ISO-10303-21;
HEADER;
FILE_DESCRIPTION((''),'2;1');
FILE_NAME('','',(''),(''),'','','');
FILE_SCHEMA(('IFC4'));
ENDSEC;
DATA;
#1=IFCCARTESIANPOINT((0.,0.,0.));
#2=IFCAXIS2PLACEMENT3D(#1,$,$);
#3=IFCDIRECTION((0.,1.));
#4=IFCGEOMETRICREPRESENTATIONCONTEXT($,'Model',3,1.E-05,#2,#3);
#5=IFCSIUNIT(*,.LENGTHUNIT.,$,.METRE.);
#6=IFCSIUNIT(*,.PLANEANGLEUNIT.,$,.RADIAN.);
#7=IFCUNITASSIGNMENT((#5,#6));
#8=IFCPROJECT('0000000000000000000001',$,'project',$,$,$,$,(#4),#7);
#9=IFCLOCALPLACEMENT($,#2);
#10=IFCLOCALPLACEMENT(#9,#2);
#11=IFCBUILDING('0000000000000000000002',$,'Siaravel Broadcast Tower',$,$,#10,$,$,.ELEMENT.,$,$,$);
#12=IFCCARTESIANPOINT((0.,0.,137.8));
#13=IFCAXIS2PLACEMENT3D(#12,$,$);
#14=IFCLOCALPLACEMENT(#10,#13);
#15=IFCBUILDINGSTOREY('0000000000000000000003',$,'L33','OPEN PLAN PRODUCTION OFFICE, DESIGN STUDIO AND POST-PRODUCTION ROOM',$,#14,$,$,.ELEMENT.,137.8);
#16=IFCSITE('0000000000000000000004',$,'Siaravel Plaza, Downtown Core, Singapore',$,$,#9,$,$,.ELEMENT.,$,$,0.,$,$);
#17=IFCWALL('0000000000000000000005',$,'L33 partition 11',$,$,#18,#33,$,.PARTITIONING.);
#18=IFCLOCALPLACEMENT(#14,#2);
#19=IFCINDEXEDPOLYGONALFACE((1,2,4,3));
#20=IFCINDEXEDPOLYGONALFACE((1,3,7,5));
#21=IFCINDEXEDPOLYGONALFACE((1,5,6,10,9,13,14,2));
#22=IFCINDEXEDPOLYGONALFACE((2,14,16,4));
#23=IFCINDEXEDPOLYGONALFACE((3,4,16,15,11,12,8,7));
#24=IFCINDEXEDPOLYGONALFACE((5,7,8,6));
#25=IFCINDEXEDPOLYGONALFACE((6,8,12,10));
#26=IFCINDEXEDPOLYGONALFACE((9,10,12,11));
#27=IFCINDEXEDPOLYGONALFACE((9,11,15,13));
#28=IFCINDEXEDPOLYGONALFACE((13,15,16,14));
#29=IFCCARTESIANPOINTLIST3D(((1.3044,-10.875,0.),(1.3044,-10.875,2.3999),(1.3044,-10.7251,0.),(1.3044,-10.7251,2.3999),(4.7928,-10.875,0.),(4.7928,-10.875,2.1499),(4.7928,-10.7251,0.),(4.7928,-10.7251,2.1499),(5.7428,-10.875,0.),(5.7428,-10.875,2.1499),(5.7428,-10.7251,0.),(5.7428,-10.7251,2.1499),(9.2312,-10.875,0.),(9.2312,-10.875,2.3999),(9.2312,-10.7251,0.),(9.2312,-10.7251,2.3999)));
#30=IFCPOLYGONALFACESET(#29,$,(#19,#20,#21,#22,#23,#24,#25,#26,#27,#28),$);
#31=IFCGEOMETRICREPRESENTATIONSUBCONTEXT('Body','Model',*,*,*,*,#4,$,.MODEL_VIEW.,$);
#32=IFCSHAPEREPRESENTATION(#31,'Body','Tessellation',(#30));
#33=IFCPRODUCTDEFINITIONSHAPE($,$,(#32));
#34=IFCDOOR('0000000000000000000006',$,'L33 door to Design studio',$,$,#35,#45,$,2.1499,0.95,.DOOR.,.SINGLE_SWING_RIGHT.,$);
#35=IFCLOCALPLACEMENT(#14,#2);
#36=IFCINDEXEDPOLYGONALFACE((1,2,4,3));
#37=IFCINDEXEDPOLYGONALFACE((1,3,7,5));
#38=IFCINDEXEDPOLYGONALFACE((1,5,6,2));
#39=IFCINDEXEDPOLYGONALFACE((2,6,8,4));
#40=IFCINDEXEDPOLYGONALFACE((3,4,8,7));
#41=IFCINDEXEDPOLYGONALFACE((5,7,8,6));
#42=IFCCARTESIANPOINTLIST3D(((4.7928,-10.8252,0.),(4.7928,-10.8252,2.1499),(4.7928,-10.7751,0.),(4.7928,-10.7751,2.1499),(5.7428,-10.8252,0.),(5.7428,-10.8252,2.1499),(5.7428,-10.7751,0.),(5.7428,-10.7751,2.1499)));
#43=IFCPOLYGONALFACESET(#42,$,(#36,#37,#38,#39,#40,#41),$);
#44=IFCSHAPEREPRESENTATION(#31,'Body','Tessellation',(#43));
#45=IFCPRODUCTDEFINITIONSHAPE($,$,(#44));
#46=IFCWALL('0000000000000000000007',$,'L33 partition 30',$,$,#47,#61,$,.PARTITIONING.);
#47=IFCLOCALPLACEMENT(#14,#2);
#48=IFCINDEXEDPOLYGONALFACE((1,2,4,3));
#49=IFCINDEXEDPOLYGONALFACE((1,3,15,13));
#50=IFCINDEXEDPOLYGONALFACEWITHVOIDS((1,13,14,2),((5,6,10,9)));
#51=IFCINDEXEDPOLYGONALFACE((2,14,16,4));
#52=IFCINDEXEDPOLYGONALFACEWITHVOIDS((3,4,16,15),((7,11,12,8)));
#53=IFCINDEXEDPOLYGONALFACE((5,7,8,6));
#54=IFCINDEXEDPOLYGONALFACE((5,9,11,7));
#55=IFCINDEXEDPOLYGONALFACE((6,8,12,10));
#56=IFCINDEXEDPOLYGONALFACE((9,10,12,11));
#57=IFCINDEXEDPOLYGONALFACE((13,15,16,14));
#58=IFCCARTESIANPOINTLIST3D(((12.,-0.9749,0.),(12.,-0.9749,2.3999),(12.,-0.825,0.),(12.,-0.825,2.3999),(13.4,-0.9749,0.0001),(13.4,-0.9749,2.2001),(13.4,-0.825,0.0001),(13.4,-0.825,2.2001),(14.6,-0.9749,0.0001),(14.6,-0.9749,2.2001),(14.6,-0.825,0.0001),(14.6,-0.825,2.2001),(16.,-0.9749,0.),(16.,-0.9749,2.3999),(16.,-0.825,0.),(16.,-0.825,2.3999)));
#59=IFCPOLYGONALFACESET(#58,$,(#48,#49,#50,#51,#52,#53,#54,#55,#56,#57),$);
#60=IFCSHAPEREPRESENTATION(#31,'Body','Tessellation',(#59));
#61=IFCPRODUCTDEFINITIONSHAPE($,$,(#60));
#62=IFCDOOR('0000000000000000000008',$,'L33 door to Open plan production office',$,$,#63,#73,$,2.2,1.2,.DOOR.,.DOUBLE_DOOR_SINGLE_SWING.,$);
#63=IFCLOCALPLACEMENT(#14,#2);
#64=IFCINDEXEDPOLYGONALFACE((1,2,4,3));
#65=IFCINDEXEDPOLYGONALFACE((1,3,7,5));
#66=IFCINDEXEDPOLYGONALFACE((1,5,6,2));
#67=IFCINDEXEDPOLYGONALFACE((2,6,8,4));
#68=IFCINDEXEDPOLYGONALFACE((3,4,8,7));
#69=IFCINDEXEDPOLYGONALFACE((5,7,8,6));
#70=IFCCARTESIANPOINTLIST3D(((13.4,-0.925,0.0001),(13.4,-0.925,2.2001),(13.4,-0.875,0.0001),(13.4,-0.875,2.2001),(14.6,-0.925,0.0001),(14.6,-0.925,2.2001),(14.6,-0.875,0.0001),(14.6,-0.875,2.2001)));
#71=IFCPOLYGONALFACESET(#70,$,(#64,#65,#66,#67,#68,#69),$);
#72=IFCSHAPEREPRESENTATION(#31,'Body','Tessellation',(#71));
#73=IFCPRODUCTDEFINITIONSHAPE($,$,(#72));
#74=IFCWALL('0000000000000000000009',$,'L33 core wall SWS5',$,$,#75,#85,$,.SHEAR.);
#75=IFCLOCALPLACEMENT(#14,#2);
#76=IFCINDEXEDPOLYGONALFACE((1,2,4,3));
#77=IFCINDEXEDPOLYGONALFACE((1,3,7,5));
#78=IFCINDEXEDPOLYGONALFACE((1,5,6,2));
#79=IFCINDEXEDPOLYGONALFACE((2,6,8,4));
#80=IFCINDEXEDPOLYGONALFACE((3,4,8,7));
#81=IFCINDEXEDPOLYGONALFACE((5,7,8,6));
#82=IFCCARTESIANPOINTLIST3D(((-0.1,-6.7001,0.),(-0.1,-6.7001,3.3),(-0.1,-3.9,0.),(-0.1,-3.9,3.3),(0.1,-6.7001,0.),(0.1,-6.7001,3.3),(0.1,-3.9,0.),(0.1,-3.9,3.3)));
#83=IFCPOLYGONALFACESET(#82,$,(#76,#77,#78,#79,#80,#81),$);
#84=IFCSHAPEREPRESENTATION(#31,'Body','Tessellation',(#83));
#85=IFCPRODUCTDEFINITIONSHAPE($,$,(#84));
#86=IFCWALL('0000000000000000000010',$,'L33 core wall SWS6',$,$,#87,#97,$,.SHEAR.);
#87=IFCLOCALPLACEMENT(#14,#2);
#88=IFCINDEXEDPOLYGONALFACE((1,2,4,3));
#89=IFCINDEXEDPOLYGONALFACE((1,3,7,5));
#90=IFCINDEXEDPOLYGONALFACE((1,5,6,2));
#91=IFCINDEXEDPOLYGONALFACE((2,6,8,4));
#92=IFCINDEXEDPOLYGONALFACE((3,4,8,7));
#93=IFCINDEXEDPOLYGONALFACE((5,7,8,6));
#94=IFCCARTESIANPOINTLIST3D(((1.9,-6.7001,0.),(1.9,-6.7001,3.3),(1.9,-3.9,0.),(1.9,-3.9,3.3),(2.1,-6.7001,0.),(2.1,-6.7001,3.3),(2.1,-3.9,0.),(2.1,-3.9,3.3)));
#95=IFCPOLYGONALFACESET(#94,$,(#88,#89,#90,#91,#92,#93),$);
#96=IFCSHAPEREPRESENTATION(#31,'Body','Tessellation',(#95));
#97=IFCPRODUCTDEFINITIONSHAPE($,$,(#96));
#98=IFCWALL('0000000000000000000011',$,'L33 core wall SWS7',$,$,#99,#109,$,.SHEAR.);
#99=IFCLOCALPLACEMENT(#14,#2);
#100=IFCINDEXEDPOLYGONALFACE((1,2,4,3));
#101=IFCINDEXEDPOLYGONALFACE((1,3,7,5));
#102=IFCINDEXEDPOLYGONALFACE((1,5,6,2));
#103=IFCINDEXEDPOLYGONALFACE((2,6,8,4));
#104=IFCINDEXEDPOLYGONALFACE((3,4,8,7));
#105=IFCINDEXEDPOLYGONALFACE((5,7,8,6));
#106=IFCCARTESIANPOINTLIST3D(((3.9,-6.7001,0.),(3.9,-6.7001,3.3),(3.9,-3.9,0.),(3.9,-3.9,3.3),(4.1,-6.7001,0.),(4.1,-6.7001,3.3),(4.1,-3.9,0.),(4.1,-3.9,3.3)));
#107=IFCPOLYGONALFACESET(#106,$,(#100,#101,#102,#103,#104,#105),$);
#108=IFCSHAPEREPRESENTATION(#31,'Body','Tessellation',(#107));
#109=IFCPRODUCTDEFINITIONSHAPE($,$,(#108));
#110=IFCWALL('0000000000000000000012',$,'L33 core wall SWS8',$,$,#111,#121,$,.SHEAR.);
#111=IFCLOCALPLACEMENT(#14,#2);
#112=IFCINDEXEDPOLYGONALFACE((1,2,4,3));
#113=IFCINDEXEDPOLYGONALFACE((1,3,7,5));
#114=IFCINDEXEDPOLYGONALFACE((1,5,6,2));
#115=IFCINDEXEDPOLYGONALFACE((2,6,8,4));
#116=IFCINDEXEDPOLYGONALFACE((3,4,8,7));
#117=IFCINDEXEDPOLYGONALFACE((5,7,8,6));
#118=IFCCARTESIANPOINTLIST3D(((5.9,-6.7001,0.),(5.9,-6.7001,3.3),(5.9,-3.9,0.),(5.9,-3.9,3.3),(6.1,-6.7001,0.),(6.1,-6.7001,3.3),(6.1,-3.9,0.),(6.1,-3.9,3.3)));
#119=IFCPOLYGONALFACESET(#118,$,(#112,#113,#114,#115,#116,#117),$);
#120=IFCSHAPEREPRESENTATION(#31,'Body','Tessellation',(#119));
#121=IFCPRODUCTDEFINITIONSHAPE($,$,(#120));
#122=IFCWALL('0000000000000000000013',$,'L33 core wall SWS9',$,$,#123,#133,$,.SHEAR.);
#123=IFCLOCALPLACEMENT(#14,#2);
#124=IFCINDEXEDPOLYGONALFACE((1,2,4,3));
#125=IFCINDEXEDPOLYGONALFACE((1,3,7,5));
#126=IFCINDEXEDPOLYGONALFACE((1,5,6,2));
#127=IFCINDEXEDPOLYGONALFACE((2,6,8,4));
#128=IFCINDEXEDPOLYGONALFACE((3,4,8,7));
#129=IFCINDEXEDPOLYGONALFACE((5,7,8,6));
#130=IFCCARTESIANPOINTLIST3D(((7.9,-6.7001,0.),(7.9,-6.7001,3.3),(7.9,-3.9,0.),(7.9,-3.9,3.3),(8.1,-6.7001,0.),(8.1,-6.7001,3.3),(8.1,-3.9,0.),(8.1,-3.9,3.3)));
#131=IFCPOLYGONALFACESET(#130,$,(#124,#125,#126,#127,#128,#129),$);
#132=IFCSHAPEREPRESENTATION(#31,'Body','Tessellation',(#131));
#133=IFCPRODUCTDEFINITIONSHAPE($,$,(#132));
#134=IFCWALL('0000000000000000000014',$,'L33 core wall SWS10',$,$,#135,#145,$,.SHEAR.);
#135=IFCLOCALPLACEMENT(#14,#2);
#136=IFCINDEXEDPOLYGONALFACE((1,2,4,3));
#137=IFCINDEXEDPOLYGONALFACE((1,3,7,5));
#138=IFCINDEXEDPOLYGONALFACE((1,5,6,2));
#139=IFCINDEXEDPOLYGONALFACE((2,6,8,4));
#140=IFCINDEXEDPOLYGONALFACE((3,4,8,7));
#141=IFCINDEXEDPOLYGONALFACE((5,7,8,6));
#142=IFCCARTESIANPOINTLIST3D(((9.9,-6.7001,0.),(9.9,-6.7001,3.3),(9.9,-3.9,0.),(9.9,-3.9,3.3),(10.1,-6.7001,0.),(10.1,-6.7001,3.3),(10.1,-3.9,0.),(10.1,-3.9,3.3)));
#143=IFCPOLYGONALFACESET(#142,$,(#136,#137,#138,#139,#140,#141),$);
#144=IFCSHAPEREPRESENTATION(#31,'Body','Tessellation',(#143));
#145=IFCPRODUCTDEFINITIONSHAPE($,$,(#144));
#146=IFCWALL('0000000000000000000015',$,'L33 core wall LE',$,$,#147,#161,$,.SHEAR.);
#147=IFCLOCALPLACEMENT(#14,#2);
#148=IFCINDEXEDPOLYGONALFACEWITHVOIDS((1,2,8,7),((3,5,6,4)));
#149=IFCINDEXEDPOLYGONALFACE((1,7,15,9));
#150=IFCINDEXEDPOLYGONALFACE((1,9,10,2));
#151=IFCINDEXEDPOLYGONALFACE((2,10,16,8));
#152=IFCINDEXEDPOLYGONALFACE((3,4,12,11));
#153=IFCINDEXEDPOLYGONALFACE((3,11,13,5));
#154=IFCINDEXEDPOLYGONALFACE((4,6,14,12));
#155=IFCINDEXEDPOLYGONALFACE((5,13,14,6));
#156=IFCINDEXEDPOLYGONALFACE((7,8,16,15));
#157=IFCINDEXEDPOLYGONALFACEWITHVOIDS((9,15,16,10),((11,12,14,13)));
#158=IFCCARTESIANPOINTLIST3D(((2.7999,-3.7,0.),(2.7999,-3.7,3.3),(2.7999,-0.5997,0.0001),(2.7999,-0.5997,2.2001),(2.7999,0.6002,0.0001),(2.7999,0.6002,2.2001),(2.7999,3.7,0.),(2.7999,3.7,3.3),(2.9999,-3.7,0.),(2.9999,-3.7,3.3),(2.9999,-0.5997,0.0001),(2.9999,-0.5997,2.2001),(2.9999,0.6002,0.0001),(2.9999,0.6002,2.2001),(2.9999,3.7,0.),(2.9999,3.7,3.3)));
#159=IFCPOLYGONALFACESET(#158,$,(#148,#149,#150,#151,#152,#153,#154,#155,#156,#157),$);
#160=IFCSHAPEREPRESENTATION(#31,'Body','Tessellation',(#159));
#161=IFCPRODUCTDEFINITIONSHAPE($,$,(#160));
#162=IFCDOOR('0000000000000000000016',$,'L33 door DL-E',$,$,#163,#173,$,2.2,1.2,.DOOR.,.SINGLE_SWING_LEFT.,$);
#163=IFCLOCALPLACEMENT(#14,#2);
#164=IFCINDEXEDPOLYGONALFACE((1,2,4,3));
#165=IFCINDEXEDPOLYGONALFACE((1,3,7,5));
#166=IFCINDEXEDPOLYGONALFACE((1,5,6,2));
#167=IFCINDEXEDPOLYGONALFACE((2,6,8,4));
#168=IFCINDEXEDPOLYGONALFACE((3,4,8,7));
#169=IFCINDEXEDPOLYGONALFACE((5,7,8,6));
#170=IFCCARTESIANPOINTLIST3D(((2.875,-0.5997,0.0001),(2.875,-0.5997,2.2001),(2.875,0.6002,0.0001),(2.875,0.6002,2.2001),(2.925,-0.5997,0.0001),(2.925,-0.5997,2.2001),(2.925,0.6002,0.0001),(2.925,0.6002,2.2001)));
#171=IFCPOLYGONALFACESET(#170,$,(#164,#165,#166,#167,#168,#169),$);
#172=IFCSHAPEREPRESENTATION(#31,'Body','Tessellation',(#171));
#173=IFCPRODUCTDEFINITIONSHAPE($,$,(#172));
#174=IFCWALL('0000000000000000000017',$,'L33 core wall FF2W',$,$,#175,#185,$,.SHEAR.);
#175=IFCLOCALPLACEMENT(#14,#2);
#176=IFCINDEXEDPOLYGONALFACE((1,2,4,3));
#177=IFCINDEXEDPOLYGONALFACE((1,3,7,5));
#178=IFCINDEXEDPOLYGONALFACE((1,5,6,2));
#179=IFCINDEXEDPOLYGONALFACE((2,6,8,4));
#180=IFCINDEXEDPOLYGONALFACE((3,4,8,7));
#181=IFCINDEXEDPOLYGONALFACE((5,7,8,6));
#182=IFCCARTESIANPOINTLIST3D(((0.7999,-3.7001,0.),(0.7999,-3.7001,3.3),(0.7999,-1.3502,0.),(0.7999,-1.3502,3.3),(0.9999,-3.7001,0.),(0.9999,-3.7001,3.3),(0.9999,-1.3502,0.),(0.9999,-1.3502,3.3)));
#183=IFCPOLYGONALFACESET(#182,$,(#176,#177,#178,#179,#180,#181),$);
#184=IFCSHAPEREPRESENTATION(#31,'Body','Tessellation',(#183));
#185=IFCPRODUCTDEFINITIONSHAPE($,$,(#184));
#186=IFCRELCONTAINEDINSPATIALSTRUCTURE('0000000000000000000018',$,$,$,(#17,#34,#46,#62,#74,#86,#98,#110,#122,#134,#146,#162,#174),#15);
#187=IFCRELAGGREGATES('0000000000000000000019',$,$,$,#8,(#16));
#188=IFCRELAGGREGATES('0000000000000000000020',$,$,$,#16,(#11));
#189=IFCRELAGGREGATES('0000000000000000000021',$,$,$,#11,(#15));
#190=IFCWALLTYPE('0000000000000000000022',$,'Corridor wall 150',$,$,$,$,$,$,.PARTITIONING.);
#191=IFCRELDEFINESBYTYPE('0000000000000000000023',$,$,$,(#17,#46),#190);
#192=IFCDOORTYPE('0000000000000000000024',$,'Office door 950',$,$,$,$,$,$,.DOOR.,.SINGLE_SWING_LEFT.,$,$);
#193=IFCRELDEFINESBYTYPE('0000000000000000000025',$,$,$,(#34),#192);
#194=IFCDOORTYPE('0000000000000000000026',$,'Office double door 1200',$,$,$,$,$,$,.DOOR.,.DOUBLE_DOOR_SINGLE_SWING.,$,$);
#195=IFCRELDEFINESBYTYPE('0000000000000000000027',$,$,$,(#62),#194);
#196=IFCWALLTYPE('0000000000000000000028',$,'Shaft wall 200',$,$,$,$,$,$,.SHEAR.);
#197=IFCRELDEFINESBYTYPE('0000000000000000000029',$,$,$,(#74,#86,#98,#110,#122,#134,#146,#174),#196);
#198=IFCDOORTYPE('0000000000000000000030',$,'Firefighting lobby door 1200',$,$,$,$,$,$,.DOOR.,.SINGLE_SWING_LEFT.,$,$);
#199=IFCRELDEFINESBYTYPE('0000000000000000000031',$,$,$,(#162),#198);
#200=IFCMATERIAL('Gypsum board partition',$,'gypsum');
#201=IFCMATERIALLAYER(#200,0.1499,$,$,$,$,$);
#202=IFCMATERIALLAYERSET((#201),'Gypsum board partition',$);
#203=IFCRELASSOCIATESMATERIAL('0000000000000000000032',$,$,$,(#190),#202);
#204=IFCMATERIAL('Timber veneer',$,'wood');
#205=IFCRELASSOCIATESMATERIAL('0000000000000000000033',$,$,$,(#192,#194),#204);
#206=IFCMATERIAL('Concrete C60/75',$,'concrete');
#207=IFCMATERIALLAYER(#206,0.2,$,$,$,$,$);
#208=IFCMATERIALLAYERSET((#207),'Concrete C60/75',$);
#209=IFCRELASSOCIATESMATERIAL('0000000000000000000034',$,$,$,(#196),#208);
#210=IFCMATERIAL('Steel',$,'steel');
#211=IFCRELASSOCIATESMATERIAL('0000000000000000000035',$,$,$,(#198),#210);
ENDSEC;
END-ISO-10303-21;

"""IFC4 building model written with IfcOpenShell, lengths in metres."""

from ifc_helpers import new_model, si_unit, direction, frame, frame_2d, origin, place, context, subcontext, project, spatial, rectangle, extrude, material, layer, layer_set, type_object, element, fill, save


model = new_model("IFC4")

# Units and contexts
model_context = context("Model", 3, precision=1e-05, world=origin(), true_north=direction((0.0, 1.0)))
body_context = subcontext(model_context, "Body", "Model", "MODEL_VIEW")
ifc_project = project(units=[si_unit("LENGTHUNIT", "METRE"), si_unit("PLANEANGLEUNIT", "RADIAN")], contexts=[model_context])

# Site, building, storey
site_placement = place(None, origin())
site = spatial("IfcSite", under=ifc_project, at=site_placement, Name="Siaravel Plaza, Downtown Core, Singapore", CompositionType="ELEMENT", RefElevation=0.0)
building_placement = place(site_placement, origin())
building = spatial("IfcBuilding", under=site, at=building_placement, Name="Siaravel Broadcast Tower", CompositionType="ELEMENT")
storey_placement = place(building_placement, frame((0.0, 0.0, 137.8)))
storey = spatial("IfcBuildingStorey", under=building, at=storey_placement, Name="L33", Description="OPEN PLAN PRODUCTION OFFICE, DESIGN STUDIO AND POST-PRODUCTION ROOM", CompositionType="ELEMENT", Elevation=137.8)

# Shared definitions
ifc_material_1 = material(Name="Concrete C60/75", Category="concrete")
ifc_material_2 = material(Name="Steel", Category="steel")

# Shared definitions
ifc_material_3 = material(Name="Gypsum board partition", Category="gypsum")
ifc_layer_1 = layer(ifc_material_3, 0.1499)
ifc_layer_set_1 = layer_set([ifc_layer_1], Name="Gypsum board partition")
wall_type_1 = type_object("IfcWallType", Name="Corridor wall 150", PredefinedType="PARTITIONING", material=ifc_layer_set_1)
ifc_material_4 = material(Name="Timber veneer", Category="wood")

# Walls, openings, doors
wall_1_placement = place(storey_placement, frame((1.3044, -10.8, 0.0), z_axis=(0.0, 0.0, 1.0), x_axis=(1.0, 0.0, 0.0)))
wall_1 = element("IfcWall", 1, at=wall_1_placement, inside=storey, type_object=wall_type_1, Name="L33 partition 11", PredefinedType="PARTITIONING", context=body_context, shape_type="SweptSolid", body=[
    extrude(rectangle(XDim=7.9268, YDim=0.1499, at=frame_2d((3.9634, 0.0))), origin(), (0.0, 0.0, 1.0), 2.3999),
])
opening_1_placement = place(wall_1_placement, frame((3.4883, 0.0, 0.0)))
opening_1 = element("IfcOpeningElement", 2, at=opening_1_placement, cuts=wall_1, PredefinedType="OPENING", context=body_context, shape_type="SweptSolid", body=[
    extrude(rectangle(XDim=0.95, YDim=2.1499, at=frame_2d((0.4751, 1.075))), frame((0.0, 0.085, 0.0), z_axis=(0.0, -1.0, 0.0), x_axis=(1.0, 0.0, 0.0)), (0.0, 0.0, 1.0), 0.1699),
])
door_type_1 = type_object("IfcDoorType", Name="Office door 950", OperationType="SINGLE_SWING_LEFT", PredefinedType="DOOR", material=ifc_material_4)
door_1_placement = place(opening_1_placement, origin())
door_1 = element("IfcDoor", 3, at=door_1_placement, inside=storey, type_object=door_type_1, Name="L33 door to Design studio", OperationType="SINGLE_SWING_RIGHT", OverallHeight=2.1499, OverallWidth=0.95, PredefinedType="DOOR", context=body_context, shape_type="SweptSolid", body=[
    extrude(rectangle(XDim=0.95, YDim=2.1499, at=frame_2d((0.4751, 1.075))), frame((0.0, 0.0249, 0.0), z_axis=(0.0, -1.0, 0.0), x_axis=(1.0, 0.0, 0.0)), (0.0, 0.0, 1.0), 0.05),
])
fill(opening_1, door_1)
wall_2_placement = place(storey_placement, frame((12.0, -0.8999, 0.0), z_axis=(0.0, 0.0, 1.0), x_axis=(1.0, 0.0, 0.0)))
wall_2 = element("IfcWall", 4, at=wall_2_placement, inside=storey, type_object=wall_type_1, Name="L33 partition 30", PredefinedType="PARTITIONING", context=body_context, shape_type="SweptSolid", body=[
    extrude(rectangle(XDim=4.0, YDim=0.1499, at=frame_2d((2.0, 0.0))), origin(), (0.0, 0.0, 1.0), 2.3999),
])
opening_2_placement = place(wall_2_placement, frame((1.3999, 0.0, 0.0)))
opening_2 = element("IfcOpeningElement", 5, at=opening_2_placement, cuts=wall_2, PredefinedType="OPENING", context=body_context, shape_type="SweptSolid", body=[
    extrude(rectangle(XDim=1.2, YDim=2.2, at=frame_2d((0.6001, 1.1001))), frame((0.0, 0.085, 0.0), z_axis=(0.0, -1.0, 0.0), x_axis=(1.0, 0.0, 0.0)), (0.0, 0.0, 1.0), 0.1699),
])
door_type_2 = type_object("IfcDoorType", Name="Office double door 1200", OperationType="DOUBLE_DOOR_SINGLE_SWING", PredefinedType="DOOR", material=ifc_material_4)
door_2_placement = place(opening_2_placement, origin())
door_2 = element("IfcDoor", 6, at=door_2_placement, inside=storey, type_object=door_type_2, Name="L33 door to Open plan production office", OperationType="DOUBLE_DOOR_SINGLE_SWING", OverallHeight=2.2, OverallWidth=1.2, PredefinedType="DOOR", context=body_context, shape_type="SweptSolid", body=[
    extrude(rectangle(XDim=1.2, YDim=2.2, at=frame_2d((0.6001, 1.1001))), frame((0.0, 0.0249, 0.0), z_axis=(0.0, -1.0, 0.0), x_axis=(1.0, 0.0, 0.0)), (0.0, 0.0, 1.0), 0.05),
])
fill(opening_2, door_2)

# Walls
ifc_layer_2 = layer(ifc_material_1, 0.2)
ifc_layer_set_2 = layer_set([ifc_layer_2], Name="Concrete C60/75")
wall_type_2 = type_object("IfcWallType", Name="Shaft wall 200", PredefinedType="SHEAR", material=ifc_layer_set_2)
for number, where, z_axis, x_axis, name in (
    (7, (0.0, -6.7, 0.0), (0.0, 0.0, 1.0), (0.0, 1.0, 0.0), "L33 core wall SWS5"),
    (8, (2.0, -6.7, 0.0), (0.0, 0.0, 1.0), (0.0, 1.0, 0.0), "L33 core wall SWS6"),
    (9, (4.0, -6.7, 0.0), (0.0, 0.0, 1.0), (0.0, 1.0, 0.0), "L33 core wall SWS7"),
    (10, (6.0, -6.7, 0.0), (0.0, 0.0, 1.0), (0.0, 1.0, 0.0), "L33 core wall SWS8"),
    (11, (8.0, -6.7, 0.0), (0.0, 0.0, 1.0), (0.0, 1.0, 0.0), "L33 core wall SWS9"),
    (12, (10.0, -6.7, 0.0), (0.0, 0.0, 1.0), (0.0, 1.0, 0.0), "L33 core wall SWS10"),
):
    element("IfcWall", number, at=place(storey_placement, frame(where, z_axis=z_axis, x_axis=x_axis)), inside=storey, type_object=wall_type_2, Name=name, PredefinedType="SHEAR", context=body_context, shape_type="SweptSolid", body=[
        extrude(rectangle(XDim=2.8, YDim=0.2, at=frame_2d((1.3999, 0.0))), origin(), (0.0, 0.0, 1.0), 3.3),
    ])

# Wall, opening, door
wall_3_placement = place(storey_placement, frame((2.8999, -3.7, 0.0), z_axis=(0.0, 0.0, 1.0), x_axis=(0.0, 1.0, 0.0)))
wall_3 = element("IfcWall", 13, at=wall_3_placement, inside=storey, type_object=wall_type_2, Name="L33 core wall LE", PredefinedType="SHEAR", context=body_context, shape_type="SweptSolid", body=[
    extrude(rectangle(XDim=7.3999, YDim=0.2, at=frame_2d((3.7, 0.0))), origin(), (0.0, 0.0, 1.0), 3.3),
])
opening_3_placement = place(wall_3_placement, frame((3.1001, 0.0, 0.0)))
opening_3 = element("IfcOpeningElement", 14, at=opening_3_placement, cuts=wall_3, PredefinedType="OPENING", context=body_context, shape_type="SweptSolid", body=[
    extrude(rectangle(XDim=1.2, YDim=2.2, at=frame_2d((0.6001, 1.1001))), frame((0.0, 0.1099, 0.0), z_axis=(0.0, -1.0, 0.0), x_axis=(1.0, 0.0, 0.0)), (0.0, 0.0, 1.0), 0.22),
])
door_type_3 = type_object("IfcDoorType", Name="Firefighting lobby door 1200", OperationType="SINGLE_SWING_LEFT", PredefinedType="DOOR", material=ifc_material_2)
door_3_placement = place(opening_3_placement, origin())
door_3 = element("IfcDoor", 15, at=door_3_placement, inside=storey, type_object=door_type_3, Name="L33 door DL-E", OperationType="SINGLE_SWING_LEFT", OverallHeight=2.2, OverallWidth=1.2, PredefinedType="DOOR", context=body_context, shape_type="SweptSolid", body=[
    extrude(rectangle(XDim=1.2, YDim=2.2, at=frame_2d((0.6001, 1.1001))), frame((0.0, 0.0249, 0.0), z_axis=(0.0, -1.0, 0.0), x_axis=(1.0, 0.0, 0.0)), (0.0, 0.0, 1.0), 0.05),
])
fill(opening_3, door_3)

# Wall
wall_4_placement = place(storey_placement, frame((0.8999, -3.7, 0.0), z_axis=(0.0, 0.0, 1.0), x_axis=(0.0, 1.0, 0.0)))
element("IfcWall", 16, at=wall_4_placement, inside=storey, type_object=wall_type_2, Name="L33 core wall FF2W", PredefinedType="SHEAR", context=body_context, shape_type="SweptSolid", body=[
    extrude(rectangle(XDim=2.3499, YDim=0.2, at=frame_2d((1.1748, 0.0))), origin(), (0.0, 0.0, 1.0), 3.3),
])

save(model, "model.ifc")
